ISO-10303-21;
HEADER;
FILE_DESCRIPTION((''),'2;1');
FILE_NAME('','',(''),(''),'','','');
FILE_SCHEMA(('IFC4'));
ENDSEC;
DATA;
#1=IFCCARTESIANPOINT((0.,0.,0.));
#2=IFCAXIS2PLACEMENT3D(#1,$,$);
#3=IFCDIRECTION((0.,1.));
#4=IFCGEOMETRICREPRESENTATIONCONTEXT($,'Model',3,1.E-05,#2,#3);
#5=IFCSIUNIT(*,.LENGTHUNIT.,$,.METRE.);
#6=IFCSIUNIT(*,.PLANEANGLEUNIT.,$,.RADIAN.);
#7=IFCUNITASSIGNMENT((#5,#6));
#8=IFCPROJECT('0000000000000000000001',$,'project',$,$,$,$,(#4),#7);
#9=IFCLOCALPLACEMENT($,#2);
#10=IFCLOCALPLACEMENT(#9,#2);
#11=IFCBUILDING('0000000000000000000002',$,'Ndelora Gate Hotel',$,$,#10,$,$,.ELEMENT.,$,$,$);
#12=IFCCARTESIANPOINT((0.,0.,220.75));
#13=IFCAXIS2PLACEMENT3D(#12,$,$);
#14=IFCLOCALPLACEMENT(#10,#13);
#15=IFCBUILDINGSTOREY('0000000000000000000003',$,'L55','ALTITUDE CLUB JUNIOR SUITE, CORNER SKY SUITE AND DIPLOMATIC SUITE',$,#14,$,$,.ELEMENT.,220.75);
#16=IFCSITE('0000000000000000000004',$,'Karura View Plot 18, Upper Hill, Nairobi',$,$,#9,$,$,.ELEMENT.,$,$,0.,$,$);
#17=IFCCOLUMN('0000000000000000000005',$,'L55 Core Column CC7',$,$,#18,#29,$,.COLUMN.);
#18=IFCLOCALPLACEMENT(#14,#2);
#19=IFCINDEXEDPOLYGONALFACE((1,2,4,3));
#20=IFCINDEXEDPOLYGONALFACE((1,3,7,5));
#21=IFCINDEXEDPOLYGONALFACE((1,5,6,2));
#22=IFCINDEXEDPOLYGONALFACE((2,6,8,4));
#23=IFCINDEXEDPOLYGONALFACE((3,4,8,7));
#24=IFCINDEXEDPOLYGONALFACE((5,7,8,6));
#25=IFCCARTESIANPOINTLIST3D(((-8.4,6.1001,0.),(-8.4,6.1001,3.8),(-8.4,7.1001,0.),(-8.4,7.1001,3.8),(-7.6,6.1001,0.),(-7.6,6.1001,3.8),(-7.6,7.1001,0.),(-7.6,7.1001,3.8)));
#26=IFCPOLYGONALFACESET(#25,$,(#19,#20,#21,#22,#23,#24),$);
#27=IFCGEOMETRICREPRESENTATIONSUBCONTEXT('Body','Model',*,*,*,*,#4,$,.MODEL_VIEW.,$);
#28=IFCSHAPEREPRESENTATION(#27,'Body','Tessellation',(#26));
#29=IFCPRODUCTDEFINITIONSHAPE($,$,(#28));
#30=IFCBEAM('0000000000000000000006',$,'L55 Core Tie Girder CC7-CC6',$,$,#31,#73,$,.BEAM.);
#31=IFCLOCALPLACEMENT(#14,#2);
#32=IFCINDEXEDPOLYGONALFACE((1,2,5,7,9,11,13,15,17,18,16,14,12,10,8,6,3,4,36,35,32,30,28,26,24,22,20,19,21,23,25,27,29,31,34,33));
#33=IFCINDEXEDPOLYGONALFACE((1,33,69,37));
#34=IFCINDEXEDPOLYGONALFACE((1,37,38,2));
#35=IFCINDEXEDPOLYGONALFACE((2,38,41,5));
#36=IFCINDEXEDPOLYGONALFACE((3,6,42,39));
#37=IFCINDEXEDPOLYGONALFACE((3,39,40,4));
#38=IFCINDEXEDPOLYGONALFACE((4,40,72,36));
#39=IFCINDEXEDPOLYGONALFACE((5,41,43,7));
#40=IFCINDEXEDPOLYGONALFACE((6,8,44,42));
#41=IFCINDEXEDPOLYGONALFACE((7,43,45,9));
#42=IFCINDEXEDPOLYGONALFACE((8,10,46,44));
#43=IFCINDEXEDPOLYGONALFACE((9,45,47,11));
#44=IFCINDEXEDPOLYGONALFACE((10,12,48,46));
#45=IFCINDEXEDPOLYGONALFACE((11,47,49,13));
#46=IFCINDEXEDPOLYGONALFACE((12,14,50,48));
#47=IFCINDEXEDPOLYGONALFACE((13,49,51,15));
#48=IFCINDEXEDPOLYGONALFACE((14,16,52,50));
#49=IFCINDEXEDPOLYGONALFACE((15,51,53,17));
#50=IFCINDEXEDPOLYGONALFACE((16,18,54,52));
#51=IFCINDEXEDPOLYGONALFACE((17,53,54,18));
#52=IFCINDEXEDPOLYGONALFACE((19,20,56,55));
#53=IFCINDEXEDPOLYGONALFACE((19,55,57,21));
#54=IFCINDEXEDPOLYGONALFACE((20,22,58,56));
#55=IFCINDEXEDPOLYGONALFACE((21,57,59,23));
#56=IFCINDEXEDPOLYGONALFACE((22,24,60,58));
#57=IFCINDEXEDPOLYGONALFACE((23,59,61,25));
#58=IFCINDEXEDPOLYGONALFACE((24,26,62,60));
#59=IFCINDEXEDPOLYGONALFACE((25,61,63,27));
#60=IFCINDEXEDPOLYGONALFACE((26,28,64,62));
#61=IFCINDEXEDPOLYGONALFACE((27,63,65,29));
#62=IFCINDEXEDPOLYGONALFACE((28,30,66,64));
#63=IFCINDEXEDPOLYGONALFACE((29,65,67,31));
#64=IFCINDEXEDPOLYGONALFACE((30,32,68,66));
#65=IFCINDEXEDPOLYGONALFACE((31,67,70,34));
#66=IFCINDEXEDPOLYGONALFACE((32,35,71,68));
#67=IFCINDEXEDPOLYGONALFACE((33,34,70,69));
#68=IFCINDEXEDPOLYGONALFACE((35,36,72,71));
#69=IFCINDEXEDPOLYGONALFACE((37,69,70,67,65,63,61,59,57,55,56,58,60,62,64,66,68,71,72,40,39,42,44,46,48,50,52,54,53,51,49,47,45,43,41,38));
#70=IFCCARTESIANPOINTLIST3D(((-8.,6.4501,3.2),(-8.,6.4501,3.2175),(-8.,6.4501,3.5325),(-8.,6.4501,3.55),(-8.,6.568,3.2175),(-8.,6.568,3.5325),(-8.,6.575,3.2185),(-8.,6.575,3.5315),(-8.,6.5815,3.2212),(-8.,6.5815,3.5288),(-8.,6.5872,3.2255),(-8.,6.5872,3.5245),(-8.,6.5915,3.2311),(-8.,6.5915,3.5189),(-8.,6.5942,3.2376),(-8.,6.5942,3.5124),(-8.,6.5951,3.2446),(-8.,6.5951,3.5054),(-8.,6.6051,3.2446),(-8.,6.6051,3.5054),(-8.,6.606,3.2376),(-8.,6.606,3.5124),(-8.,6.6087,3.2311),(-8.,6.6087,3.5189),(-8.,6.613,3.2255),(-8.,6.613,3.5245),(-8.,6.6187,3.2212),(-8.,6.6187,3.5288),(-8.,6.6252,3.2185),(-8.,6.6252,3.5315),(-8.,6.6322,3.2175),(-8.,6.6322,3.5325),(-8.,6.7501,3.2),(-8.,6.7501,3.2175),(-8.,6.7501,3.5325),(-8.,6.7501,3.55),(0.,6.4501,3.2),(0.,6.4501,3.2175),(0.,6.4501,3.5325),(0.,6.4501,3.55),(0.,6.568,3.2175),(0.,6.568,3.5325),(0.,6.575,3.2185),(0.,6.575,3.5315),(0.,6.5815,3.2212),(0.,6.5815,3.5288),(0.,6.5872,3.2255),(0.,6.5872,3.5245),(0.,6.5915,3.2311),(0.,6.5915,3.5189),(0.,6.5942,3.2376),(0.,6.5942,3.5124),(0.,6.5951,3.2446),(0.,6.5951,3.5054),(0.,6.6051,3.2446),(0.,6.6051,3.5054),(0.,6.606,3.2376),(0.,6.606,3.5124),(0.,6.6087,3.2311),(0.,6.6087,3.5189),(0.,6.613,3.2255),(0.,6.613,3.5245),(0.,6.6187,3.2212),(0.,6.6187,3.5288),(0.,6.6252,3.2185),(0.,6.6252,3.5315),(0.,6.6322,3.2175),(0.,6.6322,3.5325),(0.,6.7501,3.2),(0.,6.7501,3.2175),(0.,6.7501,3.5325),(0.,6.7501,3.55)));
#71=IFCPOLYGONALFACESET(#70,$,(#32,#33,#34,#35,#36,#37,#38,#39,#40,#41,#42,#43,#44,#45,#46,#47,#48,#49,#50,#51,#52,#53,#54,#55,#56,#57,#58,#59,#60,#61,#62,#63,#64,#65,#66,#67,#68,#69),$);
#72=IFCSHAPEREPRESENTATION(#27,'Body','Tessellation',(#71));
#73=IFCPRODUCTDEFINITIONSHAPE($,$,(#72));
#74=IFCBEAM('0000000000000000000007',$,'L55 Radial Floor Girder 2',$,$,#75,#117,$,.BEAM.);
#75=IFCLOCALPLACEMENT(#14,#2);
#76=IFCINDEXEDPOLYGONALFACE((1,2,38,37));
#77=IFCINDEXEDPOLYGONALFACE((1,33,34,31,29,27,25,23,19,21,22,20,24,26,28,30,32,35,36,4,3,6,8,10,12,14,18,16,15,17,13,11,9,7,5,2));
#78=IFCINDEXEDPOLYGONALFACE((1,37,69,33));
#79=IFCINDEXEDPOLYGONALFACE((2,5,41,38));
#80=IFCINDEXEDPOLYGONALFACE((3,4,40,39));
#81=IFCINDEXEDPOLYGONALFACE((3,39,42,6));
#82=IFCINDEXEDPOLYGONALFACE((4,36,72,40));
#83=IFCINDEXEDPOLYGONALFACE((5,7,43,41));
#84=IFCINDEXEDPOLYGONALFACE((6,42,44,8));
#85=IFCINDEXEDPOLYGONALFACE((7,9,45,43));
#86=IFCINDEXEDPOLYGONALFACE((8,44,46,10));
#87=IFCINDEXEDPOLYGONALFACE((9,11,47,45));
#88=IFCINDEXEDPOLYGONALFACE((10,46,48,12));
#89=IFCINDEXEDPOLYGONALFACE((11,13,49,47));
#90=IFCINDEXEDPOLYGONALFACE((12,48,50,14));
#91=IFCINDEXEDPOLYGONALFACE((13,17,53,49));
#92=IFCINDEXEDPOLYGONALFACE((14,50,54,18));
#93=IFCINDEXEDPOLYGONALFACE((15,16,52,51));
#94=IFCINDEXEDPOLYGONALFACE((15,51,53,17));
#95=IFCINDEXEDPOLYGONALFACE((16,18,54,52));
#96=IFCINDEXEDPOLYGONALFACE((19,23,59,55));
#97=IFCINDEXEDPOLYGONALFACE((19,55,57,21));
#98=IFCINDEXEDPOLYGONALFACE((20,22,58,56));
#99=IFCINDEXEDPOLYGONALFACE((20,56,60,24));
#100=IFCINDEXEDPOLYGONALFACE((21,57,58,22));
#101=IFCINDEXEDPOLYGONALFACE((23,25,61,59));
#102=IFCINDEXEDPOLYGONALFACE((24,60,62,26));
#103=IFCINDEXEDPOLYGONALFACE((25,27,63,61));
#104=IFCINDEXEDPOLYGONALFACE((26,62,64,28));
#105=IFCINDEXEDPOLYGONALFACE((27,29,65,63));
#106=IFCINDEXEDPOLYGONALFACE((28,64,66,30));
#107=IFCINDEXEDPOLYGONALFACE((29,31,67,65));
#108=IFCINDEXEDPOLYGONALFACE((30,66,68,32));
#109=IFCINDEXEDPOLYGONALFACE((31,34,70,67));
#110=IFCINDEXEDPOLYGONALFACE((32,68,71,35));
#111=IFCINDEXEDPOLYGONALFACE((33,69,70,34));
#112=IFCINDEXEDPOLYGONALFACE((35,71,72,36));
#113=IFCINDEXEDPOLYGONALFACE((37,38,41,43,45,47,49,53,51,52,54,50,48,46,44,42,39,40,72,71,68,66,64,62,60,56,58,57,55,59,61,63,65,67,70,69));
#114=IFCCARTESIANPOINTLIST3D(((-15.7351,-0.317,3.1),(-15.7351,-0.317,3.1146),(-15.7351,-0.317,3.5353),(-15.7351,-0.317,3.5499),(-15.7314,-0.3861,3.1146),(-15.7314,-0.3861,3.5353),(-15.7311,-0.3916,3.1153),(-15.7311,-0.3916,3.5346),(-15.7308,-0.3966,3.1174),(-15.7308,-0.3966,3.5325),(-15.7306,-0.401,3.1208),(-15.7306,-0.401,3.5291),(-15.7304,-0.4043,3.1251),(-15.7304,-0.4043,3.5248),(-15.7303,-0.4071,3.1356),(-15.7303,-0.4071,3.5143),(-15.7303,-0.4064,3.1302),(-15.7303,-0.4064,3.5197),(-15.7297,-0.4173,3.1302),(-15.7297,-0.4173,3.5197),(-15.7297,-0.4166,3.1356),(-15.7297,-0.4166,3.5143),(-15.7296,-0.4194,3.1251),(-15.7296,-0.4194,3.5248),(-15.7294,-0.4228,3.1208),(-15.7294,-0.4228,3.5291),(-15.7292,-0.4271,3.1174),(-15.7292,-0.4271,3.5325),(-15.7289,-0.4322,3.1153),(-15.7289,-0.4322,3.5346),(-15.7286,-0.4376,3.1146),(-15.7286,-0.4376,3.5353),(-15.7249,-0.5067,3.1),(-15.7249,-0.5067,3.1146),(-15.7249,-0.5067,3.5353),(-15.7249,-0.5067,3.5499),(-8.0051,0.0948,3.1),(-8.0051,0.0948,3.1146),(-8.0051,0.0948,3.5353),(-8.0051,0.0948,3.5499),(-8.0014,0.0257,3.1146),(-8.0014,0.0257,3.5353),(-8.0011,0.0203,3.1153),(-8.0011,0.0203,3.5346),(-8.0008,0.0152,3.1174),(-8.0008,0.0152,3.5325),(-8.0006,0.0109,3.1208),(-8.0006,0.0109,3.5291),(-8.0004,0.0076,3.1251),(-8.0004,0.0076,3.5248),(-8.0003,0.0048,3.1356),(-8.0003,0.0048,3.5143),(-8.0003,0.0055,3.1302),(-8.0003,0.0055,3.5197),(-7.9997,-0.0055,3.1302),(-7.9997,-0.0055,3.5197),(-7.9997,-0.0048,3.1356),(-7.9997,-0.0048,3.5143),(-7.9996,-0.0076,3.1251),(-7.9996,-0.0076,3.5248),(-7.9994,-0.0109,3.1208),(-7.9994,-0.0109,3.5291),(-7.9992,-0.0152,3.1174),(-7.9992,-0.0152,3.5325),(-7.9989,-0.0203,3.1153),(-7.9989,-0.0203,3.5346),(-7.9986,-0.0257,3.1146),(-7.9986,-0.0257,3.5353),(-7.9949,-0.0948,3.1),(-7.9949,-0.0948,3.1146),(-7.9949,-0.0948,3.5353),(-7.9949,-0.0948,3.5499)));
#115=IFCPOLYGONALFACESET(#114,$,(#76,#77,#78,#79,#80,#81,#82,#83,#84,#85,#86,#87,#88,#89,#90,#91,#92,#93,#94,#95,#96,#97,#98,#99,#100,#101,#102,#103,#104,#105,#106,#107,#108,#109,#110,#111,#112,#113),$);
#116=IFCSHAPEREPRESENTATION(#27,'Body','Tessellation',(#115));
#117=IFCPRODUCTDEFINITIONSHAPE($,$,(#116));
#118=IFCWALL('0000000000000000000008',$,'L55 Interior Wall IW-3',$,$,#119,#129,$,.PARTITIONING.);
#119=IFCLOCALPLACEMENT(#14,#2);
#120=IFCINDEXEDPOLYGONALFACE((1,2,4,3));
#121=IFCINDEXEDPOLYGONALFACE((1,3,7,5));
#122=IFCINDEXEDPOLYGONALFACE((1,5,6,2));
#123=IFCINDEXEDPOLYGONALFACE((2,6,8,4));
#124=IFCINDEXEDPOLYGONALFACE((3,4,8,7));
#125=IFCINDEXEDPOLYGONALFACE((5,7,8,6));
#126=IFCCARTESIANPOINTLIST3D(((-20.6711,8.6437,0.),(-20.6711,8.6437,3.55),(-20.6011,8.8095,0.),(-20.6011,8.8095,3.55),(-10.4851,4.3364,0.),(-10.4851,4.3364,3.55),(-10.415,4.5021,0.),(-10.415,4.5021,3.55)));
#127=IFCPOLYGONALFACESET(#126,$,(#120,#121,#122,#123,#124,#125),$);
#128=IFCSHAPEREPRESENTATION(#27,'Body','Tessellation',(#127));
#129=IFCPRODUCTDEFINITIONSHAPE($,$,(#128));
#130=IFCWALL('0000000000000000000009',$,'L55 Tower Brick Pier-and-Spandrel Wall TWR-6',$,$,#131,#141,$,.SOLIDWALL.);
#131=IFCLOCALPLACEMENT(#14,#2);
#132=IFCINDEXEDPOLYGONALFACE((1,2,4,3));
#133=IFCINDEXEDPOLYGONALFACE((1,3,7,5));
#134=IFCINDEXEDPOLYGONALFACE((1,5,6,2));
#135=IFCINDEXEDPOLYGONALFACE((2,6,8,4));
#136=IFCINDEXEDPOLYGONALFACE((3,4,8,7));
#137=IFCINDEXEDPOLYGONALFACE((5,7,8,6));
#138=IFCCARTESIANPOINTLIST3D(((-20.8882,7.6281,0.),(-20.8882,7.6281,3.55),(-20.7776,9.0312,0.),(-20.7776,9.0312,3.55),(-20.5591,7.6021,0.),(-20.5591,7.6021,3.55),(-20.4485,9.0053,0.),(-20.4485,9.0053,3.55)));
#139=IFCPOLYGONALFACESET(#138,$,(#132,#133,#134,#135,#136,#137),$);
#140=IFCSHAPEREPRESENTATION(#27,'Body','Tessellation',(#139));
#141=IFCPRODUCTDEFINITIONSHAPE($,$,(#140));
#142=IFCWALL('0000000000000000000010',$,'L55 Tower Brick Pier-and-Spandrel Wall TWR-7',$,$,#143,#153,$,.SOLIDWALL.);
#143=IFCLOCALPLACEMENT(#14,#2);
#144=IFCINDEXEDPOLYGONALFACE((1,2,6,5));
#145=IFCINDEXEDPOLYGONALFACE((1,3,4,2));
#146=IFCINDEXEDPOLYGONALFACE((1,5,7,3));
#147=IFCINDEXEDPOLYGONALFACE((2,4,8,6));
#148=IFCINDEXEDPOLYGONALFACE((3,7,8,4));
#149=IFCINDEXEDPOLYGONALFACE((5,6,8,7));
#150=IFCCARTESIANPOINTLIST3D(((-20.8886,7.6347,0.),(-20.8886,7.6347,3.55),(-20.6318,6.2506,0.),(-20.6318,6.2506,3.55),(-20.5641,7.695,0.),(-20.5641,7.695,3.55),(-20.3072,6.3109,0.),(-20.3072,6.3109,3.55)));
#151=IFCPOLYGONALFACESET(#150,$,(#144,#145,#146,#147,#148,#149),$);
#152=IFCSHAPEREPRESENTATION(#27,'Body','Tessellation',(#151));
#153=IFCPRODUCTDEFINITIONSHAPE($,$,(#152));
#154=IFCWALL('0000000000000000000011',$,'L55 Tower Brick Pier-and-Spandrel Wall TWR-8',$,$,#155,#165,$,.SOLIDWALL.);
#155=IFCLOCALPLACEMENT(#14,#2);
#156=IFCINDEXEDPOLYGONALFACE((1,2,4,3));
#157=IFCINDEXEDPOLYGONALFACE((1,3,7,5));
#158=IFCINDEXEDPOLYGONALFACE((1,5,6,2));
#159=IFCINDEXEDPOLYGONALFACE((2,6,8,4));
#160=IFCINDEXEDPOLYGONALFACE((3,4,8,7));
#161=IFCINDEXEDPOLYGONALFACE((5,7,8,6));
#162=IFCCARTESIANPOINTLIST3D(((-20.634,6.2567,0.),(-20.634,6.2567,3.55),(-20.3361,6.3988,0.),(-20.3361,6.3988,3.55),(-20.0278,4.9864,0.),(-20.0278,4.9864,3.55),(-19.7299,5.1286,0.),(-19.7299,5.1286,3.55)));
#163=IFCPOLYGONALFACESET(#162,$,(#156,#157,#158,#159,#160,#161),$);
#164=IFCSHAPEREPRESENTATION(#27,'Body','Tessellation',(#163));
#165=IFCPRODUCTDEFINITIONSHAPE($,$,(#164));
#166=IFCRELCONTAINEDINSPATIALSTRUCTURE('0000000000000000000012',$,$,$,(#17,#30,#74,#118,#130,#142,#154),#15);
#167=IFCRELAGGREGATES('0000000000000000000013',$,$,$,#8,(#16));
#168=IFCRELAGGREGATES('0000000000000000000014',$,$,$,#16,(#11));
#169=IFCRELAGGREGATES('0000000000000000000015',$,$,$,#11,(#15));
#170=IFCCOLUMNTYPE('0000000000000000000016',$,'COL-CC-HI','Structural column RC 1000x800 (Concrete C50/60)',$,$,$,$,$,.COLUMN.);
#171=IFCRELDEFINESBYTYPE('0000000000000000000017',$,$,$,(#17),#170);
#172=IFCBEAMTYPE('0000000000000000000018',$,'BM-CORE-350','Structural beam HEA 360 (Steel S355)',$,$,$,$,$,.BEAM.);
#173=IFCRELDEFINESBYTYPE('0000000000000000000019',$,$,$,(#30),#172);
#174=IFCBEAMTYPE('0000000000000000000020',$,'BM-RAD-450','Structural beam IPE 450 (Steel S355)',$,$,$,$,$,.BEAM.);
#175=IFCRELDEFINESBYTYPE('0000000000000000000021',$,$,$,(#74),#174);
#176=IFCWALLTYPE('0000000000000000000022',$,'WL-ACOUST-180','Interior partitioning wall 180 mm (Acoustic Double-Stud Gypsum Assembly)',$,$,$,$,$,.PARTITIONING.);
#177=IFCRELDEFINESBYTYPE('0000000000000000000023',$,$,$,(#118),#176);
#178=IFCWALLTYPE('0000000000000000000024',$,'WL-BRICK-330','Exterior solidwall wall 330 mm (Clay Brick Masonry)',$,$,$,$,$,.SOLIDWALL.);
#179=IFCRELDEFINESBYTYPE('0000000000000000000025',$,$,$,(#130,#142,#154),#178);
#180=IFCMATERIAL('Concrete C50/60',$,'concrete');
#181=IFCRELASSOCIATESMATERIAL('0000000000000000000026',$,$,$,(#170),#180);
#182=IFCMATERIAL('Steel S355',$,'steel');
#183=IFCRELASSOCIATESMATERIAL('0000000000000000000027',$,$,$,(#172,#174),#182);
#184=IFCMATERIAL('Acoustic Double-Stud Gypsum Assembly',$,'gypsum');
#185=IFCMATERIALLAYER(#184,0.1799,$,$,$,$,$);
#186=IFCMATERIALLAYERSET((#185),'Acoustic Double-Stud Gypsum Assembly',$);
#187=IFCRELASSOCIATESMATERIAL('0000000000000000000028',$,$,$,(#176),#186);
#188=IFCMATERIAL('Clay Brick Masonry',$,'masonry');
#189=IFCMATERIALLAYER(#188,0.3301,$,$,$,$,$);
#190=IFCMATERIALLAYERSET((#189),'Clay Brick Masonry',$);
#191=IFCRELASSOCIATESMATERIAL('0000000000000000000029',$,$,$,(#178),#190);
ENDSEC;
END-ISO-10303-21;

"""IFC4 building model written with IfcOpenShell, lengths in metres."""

from ifc_helpers import new_model, si_unit, direction, frame, frame_2d, origin, origin_2d, place, context, subcontext, project, spatial, rectangle, i_section, extrude, material, layer, layer_set, material_profile, profile_set, type_object, element, save


model = new_model("IFC4")

# Units and contexts
model_context = context("Model", 3, precision=1e-05, world=origin(), true_north=direction((0.0, 1.0)))
body_context = subcontext(model_context, "Body", "Model", "MODEL_VIEW")
ifc_project = project(units=[si_unit("LENGTHUNIT", "METRE"), si_unit("PLANEANGLEUNIT", "RADIAN")], contexts=[model_context])

# Site, building, storey
site_placement = place(None, origin())
site = spatial("IfcSite", under=ifc_project, at=site_placement, Name="Karura View Plot 18, Upper Hill, Nairobi", CompositionType="ELEMENT", RefElevation=0.0)
building_placement = place(site_placement, origin())
building = spatial("IfcBuilding", under=site, at=building_placement, Name="Ndelora Gate Hotel", CompositionType="ELEMENT")
storey_placement = place(building_placement, frame((0.0, 0.0, 220.75)))
storey = spatial("IfcBuildingStorey", under=building, at=storey_placement, Name="L55", Description="ALTITUDE CLUB JUNIOR SUITE, CORNER SKY SUITE AND DIPLOMATIC SUITE", CompositionType="ELEMENT", Elevation=220.75)

# Column
ifc_material_1 = material(Name="Concrete C50/60", Category="concrete")
ifc_material_profile_1 = material_profile(ifc_material_1, rectangle(XDim=0.8, YDim=1.0, at=origin_2d()), Name="RC 1000x800")
ifc_profile_set_1 = profile_set([ifc_material_profile_1], Name="Concrete C50/60")
column_type = type_object("IfcColumnType", Name="COL-CC-HI", Description="Structural column RC 1000x800 (Concrete C50/60)", PredefinedType="COLUMN", material=ifc_profile_set_1)
column_placement = place(storey_placement, frame((-8.0, 6.6001, 0.0), z_axis=(0.0, 0.0, 1.0), x_axis=(1.0, 0.0, 0.0)))
element("IfcColumn", 1, at=column_placement, inside=storey, type_object=column_type, Name="L55 Core Column CC7", PredefinedType="COLUMN", context=body_context, shape_type="SweptSolid", body=[
    extrude(rectangle(XDim=0.8, YDim=1.0, at=origin_2d()), origin(), (0.0, 0.0, 1.0), 3.8),
])

# Beams
ifc_material_2 = material(Name="Steel S355", Category="steel")
ifc_material_profile_2 = material_profile(ifc_material_2, i_section(OverallWidth=0.3, OverallDepth=0.3501, WebThickness=0.01, FlangeThickness=0.0176, FilletRadius=0.0271, at=origin_2d()), Name="HEA 360")
ifc_profile_set_2 = profile_set([ifc_material_profile_2], Name="Steel S355")
beam_type_1 = type_object("IfcBeamType", Name="BM-CORE-350", Description="Structural beam HEA 360 (Steel S355)", PredefinedType="BEAM", material=ifc_profile_set_2)
beam_1_placement = place(storey_placement, frame((-8.0, 6.6001, 3.375), z_axis=(1.0, 0.0, 0.0), x_axis=(0.0, 1.0, 0.0)))
element("IfcBeam", 2, at=beam_1_placement, inside=storey, type_object=beam_type_1, Name="L55 Core Tie Girder CC7-CC6", PredefinedType="BEAM", context=body_context, shape_type="SweptSolid", body=[
    extrude(i_section(OverallWidth=0.3, OverallDepth=0.3501, WebThickness=0.01, FlangeThickness=0.0176, FilletRadius=0.0271, at=origin_2d()), origin(), (0.0, 0.0, 1.0), 8.0),
])
ifc_material_profile_3 = material_profile(ifc_material_2, i_section(OverallWidth=0.1899, OverallDepth=0.45, WebThickness=0.0095, FlangeThickness=0.0146, FilletRadius=0.021, at=origin_2d()), Name="IPE 450")
ifc_profile_set_3 = profile_set([ifc_material_profile_3], Name="Steel S355")
beam_type_2 = type_object("IfcBeamType", Name="BM-RAD-450", Description="Structural beam IPE 450 (Steel S355)", PredefinedType="BEAM", material=ifc_profile_set_3)
beam_2_placement = place(storey_placement, frame((-8.0, 0.0, 3.325), z_axis=(-0.998584, -0.053206, 0.0), x_axis=(0.053206, -0.998584, 0.0)))
element("IfcBeam", 3, at=beam_2_placement, inside=storey, type_object=beam_type_2, Name="L55 Radial Floor Girder 2", PredefinedType="BEAM", context=body_context, shape_type="SweptSolid", body=[
    extrude(i_section(OverallWidth=0.1899, OverallDepth=0.45, WebThickness=0.0095, FlangeThickness=0.0146, FilletRadius=0.021, at=origin_2d()), origin(), (0.0, 0.0, 1.0), 7.741),
])

# Walls
ifc_material_3 = material(Name="Acoustic Double-Stud Gypsum Assembly", Category="gypsum")
ifc_layer_1 = layer(ifc_material_3, 0.1799)
ifc_layer_set_1 = layer_set([ifc_layer_1], Name="Acoustic Double-Stud Gypsum Assembly")
wall_type_1 = type_object("IfcWallType", Name="WL-ACOUST-180", Description="Interior partitioning wall 180 mm (Acoustic Double-Stud Gypsum Assembly)", PredefinedType="PARTITIONING", material=ifc_layer_set_1)
wall_1_placement = place(storey_placement, frame((-10.45, 4.4192, 0.0), z_axis=(0.0, 0.0, 1.0), x_axis=(-0.921035, 0.389479, 0.0)))
element("IfcWall", 4, at=wall_1_placement, inside=storey, type_object=wall_type_1, Name="L55 Interior Wall IW-3", PredefinedType="PARTITIONING", context=body_context, shape_type="SweptSolid", body=[
    extrude(rectangle(XDim=11.0593, YDim=0.1799, at=frame_2d((5.5298, 0.0))), origin(), (0.0, 0.0, 1.0), 3.55),
])
ifc_material_4 = material(Name="Clay Brick Masonry", Category="masonry")
ifc_layer_2 = layer(ifc_material_4, 0.3301)
ifc_layer_set_2 = layer_set([ifc_layer_2], Name="Clay Brick Masonry")
wall_type_2 = type_object("IfcWallType", Name="WL-BRICK-330", Description="Exterior solidwall wall 330 mm (Clay Brick Masonry)", PredefinedType="SOLIDWALL", material=ifc_layer_set_2)
wall_2_placement = place(storey_placement, frame((-20.7236, 7.6152, 0.0), z_axis=(0.0, 0.0, 1.0), x_axis=(0.07858, 0.996908, 0.0)))
element("IfcWall", 5, at=wall_2_placement, inside=storey, type_object=wall_type_2, Name="L55 Tower Brick Pier-and-Spandrel Wall TWR-6", PredefinedType="SOLIDWALL", context=body_context, shape_type="SweptSolid", body=[
    extrude(rectangle(XDim=1.4075, YDim=0.3301, at=frame_2d((0.7036, 0.0))), origin(), (0.0, 0.0, 1.0), 3.55),
])
wall_3_placement = place(storey_placement, frame((-20.4695, 6.2808, 0.0), z_axis=(0.0, 0.0, 1.0), x_axis=(-0.182456, 0.983214, 0.0)))
element("IfcWall", 6, at=wall_3_placement, inside=storey, type_object=wall_type_2, Name="L55 Tower Brick Pier-and-Spandrel Wall TWR-7", PredefinedType="SOLIDWALL", context=body_context, shape_type="SweptSolid", body=[
    extrude(rectangle(XDim=1.4077, YDim=0.3301, at=frame_2d((0.7039, 0.0))), origin(), (0.0, 0.0, 1.0), 3.55),
])
wall_4_placement = place(storey_placement, frame((-19.8789, 5.0576, 0.0), z_axis=(0.0, 0.0, 1.0), x_axis=(-0.430694, 0.902498, 0.0)))
element("IfcWall", 7, at=wall_4_placement, inside=storey, type_object=wall_type_2, Name="L55 Tower Brick Pier-and-Spandrel Wall TWR-8", PredefinedType="SOLIDWALL", context=body_context, shape_type="SweptSolid", body=[
    extrude(rectangle(XDim=1.4075, YDim=0.3301, at=frame_2d((0.7036, 0.0))), origin(), (0.0, 0.0, 1.0), 3.55),
])

save(model, "model.ifc")
